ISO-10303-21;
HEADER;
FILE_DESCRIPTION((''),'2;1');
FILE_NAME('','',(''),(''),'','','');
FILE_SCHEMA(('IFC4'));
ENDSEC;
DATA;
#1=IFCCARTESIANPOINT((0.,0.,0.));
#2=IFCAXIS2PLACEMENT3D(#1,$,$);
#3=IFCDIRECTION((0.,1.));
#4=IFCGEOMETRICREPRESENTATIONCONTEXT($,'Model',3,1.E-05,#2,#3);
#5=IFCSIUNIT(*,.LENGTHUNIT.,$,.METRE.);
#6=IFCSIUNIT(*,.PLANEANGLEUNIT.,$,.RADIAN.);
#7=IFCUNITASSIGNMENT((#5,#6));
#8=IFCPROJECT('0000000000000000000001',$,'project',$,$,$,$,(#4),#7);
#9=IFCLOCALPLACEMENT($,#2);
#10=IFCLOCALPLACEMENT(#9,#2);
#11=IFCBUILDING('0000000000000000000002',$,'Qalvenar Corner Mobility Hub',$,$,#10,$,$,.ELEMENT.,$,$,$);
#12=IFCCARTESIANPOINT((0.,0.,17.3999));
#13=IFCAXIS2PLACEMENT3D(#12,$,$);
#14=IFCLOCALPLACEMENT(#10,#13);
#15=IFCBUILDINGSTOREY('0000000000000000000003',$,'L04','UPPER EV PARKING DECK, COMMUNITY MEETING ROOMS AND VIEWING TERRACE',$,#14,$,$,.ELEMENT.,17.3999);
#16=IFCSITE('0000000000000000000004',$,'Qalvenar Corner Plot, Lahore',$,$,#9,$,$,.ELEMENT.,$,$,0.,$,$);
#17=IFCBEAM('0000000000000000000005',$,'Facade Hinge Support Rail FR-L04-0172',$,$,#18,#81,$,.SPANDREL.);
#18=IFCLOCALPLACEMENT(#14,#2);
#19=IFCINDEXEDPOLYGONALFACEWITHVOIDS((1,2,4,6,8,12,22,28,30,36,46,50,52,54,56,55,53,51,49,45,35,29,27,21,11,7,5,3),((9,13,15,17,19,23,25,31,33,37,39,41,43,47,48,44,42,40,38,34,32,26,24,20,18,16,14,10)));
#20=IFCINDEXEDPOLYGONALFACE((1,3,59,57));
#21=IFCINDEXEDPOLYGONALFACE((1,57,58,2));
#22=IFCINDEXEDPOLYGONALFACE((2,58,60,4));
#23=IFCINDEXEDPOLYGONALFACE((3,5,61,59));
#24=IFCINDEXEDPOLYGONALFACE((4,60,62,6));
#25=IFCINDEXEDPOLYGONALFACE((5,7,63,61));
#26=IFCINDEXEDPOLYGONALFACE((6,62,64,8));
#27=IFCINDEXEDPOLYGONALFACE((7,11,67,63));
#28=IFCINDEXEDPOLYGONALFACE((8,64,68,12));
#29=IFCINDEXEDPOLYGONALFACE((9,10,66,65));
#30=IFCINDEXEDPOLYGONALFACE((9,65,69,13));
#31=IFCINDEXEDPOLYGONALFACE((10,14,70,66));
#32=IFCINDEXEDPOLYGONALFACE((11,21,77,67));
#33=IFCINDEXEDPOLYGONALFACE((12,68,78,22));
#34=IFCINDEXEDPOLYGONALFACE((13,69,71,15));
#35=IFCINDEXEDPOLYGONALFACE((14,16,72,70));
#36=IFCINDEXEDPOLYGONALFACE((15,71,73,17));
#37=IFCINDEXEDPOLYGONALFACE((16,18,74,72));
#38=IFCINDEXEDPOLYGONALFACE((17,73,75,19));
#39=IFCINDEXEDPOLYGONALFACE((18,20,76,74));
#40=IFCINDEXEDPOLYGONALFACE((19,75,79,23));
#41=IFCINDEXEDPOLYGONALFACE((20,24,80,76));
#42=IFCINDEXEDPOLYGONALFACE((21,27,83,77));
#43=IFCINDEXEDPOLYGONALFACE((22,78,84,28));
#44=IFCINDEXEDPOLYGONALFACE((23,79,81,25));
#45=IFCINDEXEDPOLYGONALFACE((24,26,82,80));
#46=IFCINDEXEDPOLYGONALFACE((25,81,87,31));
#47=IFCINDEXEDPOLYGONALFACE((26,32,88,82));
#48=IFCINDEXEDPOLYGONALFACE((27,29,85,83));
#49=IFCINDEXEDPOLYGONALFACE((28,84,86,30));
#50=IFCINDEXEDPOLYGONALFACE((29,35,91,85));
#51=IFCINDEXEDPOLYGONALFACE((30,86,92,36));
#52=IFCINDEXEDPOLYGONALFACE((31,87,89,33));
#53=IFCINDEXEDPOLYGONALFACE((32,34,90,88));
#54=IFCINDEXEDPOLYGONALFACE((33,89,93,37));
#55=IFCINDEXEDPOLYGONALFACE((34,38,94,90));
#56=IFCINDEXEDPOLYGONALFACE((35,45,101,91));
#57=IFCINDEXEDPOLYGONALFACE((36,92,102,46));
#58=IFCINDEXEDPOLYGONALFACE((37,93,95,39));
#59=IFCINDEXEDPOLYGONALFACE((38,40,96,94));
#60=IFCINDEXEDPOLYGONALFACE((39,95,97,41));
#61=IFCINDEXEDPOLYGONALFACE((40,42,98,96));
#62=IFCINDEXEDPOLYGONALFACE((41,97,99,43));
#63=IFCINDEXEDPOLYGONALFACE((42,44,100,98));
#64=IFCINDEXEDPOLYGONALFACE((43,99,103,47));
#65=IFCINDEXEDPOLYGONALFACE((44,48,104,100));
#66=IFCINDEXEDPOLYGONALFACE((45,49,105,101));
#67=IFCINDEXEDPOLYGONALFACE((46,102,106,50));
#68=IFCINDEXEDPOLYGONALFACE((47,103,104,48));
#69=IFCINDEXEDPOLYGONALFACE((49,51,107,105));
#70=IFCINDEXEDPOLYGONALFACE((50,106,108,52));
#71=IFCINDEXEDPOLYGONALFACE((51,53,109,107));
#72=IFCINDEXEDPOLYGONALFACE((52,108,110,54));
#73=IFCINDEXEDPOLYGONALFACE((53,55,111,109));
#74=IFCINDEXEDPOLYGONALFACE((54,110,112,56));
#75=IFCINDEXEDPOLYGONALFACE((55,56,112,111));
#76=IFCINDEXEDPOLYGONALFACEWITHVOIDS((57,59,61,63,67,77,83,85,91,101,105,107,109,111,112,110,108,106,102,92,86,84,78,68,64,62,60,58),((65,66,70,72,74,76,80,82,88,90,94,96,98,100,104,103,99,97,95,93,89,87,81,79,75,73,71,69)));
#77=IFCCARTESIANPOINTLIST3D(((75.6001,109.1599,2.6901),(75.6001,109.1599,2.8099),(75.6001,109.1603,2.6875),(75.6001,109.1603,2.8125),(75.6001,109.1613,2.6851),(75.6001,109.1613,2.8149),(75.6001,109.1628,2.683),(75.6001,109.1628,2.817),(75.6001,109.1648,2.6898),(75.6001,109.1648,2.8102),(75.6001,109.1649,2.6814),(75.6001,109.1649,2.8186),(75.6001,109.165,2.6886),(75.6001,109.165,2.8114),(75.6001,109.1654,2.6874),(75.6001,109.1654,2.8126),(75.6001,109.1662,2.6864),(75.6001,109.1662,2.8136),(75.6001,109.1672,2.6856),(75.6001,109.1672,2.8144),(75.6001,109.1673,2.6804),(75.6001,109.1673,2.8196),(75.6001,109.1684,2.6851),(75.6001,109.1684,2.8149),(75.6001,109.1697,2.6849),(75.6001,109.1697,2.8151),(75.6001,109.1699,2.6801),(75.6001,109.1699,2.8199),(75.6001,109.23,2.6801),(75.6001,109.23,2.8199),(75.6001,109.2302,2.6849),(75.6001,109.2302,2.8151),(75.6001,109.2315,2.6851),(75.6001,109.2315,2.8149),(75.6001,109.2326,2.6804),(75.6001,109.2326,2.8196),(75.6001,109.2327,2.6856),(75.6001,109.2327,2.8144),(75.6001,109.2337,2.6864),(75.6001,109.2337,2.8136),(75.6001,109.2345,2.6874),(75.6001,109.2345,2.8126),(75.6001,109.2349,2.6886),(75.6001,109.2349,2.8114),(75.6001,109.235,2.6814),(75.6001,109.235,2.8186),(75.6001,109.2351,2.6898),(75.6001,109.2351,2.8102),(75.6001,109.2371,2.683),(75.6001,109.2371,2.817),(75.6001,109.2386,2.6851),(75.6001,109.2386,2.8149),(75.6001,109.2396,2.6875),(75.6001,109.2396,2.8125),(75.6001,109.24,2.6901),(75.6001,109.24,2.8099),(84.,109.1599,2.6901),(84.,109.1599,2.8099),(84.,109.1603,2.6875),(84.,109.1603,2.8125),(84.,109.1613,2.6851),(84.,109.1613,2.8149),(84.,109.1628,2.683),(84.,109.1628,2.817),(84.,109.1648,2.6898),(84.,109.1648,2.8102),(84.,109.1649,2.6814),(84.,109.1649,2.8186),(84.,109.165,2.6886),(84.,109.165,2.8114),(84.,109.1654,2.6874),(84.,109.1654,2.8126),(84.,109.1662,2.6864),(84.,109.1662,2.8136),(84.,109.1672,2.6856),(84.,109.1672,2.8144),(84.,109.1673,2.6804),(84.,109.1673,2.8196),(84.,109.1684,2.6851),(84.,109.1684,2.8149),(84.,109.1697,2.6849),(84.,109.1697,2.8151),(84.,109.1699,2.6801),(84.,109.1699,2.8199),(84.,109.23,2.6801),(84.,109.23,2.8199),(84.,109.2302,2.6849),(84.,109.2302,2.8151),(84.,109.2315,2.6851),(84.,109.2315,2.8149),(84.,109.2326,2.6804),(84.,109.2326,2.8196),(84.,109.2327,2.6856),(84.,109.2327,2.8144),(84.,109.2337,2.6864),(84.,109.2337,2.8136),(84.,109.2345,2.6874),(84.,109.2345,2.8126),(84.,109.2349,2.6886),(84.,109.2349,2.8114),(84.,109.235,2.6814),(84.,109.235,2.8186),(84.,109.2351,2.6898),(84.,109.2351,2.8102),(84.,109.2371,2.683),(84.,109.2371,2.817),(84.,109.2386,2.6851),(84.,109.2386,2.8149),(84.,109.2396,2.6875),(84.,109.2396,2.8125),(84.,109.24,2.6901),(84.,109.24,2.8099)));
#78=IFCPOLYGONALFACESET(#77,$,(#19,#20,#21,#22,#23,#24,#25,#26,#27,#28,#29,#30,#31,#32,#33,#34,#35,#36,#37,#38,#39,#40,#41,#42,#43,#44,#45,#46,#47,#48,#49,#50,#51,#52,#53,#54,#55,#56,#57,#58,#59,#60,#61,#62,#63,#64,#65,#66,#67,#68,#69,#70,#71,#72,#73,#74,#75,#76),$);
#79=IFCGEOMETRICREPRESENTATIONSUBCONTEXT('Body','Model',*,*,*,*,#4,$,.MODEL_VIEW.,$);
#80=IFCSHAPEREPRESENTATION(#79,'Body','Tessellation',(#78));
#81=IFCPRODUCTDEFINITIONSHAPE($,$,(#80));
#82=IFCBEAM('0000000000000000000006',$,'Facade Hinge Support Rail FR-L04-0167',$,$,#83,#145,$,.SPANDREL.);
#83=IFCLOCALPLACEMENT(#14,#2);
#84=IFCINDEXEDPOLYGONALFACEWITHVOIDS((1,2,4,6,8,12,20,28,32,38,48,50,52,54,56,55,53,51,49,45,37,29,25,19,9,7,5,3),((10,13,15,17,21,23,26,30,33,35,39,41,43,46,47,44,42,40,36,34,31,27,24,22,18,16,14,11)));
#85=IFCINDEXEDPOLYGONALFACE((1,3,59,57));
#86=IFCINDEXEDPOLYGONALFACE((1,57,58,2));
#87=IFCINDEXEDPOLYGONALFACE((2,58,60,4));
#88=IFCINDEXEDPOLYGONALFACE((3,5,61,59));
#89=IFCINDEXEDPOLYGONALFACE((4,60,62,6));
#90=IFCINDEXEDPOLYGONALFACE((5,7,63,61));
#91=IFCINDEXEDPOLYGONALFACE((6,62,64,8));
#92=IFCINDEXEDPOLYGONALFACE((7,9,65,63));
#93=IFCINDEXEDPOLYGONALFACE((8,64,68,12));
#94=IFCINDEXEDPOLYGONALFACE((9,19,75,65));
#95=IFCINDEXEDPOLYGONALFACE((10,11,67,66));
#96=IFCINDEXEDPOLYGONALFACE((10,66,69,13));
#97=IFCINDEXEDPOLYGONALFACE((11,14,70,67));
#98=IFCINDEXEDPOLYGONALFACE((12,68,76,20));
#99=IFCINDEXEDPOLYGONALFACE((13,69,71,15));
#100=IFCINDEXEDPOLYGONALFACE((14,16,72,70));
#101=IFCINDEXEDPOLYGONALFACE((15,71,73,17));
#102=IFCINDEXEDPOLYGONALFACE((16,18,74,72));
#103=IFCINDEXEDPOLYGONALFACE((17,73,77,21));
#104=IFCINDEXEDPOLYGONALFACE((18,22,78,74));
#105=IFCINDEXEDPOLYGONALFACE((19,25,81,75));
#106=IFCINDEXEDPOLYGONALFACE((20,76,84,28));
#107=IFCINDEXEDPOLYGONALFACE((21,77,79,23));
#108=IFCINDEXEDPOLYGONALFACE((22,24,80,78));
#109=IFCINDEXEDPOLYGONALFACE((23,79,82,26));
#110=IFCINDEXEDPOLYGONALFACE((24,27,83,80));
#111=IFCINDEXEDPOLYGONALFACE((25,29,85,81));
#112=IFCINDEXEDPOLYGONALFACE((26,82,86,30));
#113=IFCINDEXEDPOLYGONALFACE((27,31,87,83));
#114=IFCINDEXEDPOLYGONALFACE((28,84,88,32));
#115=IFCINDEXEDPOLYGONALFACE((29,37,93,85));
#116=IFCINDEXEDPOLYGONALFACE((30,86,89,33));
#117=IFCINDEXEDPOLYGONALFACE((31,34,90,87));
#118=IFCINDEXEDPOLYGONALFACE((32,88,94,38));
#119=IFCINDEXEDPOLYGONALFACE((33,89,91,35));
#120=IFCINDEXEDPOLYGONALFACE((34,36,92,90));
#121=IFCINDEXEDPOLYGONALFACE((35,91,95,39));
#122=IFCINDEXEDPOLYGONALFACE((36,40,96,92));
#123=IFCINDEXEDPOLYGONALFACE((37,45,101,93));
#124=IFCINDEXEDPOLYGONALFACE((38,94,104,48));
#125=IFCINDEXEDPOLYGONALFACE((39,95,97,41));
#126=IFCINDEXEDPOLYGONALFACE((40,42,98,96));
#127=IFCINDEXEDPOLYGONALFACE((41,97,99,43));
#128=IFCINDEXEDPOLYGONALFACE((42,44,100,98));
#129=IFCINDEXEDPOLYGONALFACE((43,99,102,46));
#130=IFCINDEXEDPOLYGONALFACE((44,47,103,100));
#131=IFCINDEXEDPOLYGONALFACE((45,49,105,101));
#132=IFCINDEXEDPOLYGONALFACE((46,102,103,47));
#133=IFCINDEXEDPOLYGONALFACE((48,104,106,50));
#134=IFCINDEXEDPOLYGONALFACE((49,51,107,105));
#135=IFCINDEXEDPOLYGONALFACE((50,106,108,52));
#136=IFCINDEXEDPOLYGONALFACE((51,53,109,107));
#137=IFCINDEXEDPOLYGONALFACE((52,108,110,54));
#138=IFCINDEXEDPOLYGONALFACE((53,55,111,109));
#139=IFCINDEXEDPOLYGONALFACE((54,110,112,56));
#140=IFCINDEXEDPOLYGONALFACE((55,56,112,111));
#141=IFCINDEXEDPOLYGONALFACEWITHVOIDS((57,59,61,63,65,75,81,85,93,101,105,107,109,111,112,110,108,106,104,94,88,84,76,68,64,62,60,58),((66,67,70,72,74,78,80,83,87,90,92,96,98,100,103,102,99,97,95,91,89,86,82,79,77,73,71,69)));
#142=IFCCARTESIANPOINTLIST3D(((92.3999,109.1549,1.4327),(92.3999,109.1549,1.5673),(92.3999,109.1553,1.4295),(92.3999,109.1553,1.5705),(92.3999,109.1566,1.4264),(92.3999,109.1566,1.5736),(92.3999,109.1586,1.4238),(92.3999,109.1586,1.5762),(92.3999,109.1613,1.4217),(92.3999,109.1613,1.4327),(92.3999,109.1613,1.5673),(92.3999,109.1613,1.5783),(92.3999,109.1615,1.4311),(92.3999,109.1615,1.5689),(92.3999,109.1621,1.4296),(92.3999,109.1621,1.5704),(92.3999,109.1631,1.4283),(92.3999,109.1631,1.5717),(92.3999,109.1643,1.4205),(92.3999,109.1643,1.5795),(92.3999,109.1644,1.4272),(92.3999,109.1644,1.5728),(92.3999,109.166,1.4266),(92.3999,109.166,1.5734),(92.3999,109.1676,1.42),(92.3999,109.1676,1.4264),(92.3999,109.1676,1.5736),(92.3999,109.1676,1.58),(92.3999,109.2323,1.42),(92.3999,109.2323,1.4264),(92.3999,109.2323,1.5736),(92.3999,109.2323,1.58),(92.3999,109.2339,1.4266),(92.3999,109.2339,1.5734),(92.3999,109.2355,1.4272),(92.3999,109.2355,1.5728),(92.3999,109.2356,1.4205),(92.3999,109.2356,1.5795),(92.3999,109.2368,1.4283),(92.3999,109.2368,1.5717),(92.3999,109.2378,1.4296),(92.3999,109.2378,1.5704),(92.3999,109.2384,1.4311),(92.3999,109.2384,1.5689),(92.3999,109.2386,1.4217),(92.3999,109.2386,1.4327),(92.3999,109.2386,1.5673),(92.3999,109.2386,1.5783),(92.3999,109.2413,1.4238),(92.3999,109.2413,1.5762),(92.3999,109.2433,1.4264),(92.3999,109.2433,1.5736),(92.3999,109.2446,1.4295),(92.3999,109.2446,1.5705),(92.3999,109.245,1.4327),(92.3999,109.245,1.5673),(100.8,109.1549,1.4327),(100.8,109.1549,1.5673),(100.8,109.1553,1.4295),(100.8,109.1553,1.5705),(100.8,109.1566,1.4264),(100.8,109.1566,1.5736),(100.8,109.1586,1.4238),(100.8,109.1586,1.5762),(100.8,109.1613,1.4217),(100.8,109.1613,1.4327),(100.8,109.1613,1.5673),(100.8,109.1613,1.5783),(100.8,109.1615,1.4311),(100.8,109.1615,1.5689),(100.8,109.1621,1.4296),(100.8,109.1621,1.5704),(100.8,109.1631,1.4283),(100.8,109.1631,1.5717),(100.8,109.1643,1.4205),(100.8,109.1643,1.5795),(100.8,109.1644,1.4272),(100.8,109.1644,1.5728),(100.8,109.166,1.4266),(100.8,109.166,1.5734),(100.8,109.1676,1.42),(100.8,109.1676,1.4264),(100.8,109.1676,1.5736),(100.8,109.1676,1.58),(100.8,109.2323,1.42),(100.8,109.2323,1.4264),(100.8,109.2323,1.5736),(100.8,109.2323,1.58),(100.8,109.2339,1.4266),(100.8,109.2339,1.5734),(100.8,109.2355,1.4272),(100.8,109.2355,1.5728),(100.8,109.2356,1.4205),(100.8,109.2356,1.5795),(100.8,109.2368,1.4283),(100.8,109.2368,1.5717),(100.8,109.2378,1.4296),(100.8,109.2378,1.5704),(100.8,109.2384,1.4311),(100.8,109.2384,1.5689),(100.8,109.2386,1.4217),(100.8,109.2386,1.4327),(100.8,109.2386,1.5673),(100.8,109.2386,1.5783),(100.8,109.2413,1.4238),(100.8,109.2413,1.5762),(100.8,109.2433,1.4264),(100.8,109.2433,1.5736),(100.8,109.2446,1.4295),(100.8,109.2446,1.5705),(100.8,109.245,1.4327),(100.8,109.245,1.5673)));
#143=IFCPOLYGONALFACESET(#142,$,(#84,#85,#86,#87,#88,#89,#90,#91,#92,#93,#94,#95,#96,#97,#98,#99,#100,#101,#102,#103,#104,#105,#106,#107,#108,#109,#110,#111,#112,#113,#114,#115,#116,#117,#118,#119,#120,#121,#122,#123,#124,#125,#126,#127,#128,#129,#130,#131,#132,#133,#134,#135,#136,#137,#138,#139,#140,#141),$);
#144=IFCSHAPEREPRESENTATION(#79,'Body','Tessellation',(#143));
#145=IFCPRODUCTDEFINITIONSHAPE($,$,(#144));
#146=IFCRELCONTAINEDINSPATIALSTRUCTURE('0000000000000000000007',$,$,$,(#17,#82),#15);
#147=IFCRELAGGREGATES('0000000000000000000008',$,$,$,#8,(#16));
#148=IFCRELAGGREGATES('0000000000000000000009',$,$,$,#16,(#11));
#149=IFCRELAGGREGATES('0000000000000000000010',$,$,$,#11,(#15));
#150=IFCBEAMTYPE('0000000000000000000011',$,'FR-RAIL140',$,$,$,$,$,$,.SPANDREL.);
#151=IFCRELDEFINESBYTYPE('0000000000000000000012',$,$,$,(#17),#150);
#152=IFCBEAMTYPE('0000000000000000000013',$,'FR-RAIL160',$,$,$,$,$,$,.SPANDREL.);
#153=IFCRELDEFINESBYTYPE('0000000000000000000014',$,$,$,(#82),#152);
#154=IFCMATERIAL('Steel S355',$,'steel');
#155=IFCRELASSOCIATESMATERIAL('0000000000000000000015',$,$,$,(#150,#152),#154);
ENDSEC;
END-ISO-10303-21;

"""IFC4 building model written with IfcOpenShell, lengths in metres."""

from ifc_helpers import new_model, si_unit, direction, frame, origin, origin_2d, place, context, subcontext, project, spatial, hollow_rectangle, extrude, material, material_profile, profile_set, type_object, element, save


model = new_model("IFC4")

# Units and contexts
model_context = context("Model", 3, precision=1e-05, world=origin(), true_north=direction((0.0, 1.0)))
body_context = subcontext(model_context, "Body", "Model", "MODEL_VIEW")
ifc_project = project(units=[si_unit("LENGTHUNIT", "METRE"), si_unit("PLANEANGLEUNIT", "RADIAN")], contexts=[model_context])

# Site, building, storey
site_placement = place(None, origin())
site = spatial("IfcSite", under=ifc_project, at=site_placement, Name="Qalvenar Corner Plot, Lahore", CompositionType="ELEMENT", RefElevation=0.0)
building_placement = place(site_placement, origin())
building = spatial("IfcBuilding", under=site, at=building_placement, Name="Qalvenar Corner Mobility Hub", CompositionType="ELEMENT")
storey_placement = place(building_placement, frame((0.0, 0.0, 17.3999)))
storey = spatial("IfcBuildingStorey", under=building, at=storey_placement, Name="L04", Description="UPPER EV PARKING DECK, COMMUNITY MEETING ROOMS AND VIEWING TERRACE", CompositionType="ELEMENT", Elevation=17.3999)

# Shared definitions
ifc_material_1 = material(Name="Steel S355", Category="steel")

# Beams
ifc_material_profile_1 = material_profile(ifc_material_1, hollow_rectangle(XDim=0.0801, YDim=0.1399, WallThickness=0.0049, InnerFilletRadius=0.0049, OuterFilletRadius=0.01, at=origin_2d()), Name="RHS140x80x5")
ifc_profile_set_1 = profile_set([ifc_material_profile_1], Name="Steel S355")
beam_type_1 = type_object("IfcBeamType", Name="FR-RAIL140", PredefinedType="SPANDREL", material=ifc_profile_set_1)
for number, where, z_axis, x_axis, name in (
    (1, (84.0, 109.2, 2.75), (-1.0, 0.0, 0.0), (0.0, -1.0, 0.0), "Facade Hinge Support Rail FR-L04-0172"),
):
    element("IfcBeam", number, at=place(storey_placement, frame(where, z_axis=z_axis, x_axis=x_axis)), inside=storey, type_object=beam_type_1, Name=name, PredefinedType="SPANDREL", context=body_context, shape_type="SweptSolid", body=[
        extrude(hollow_rectangle(XDim=0.0801, YDim=0.1399, WallThickness=0.0049, InnerFilletRadius=0.0049, OuterFilletRadius=0.01, at=origin_2d()), origin(), (0.0, 0.0, 1.0), 8.3999),
    ])
ifc_material_profile_2 = material_profile(ifc_material_1, hollow_rectangle(XDim=0.0901, YDim=0.1599, WallThickness=0.0063, InnerFilletRadius=0.0063, OuterFilletRadius=0.0127, at=origin_2d()), Name="RHS160x90x6.3")
ifc_profile_set_2 = profile_set([ifc_material_profile_2], Name="Steel S355")
beam_type_2 = type_object("IfcBeamType", Name="FR-RAIL160", PredefinedType="SPANDREL", material=ifc_profile_set_2)
beam_1_placement = place(storey_placement, frame((100.8, 109.2, 1.5), z_axis=(-1.0, 0.0, 0.0), x_axis=(0.0, -1.0, 0.0)))
element("IfcBeam", 2, at=beam_1_placement, inside=storey, type_object=beam_type_2, Name="Facade Hinge Support Rail FR-L04-0167", PredefinedType="SPANDREL", context=body_context, shape_type="SweptSolid", body=[
    extrude(hollow_rectangle(XDim=0.0901, YDim=0.1599, WallThickness=0.0063, InnerFilletRadius=0.0063, OuterFilletRadius=0.0127, at=origin_2d()), origin(), (0.0, 0.0, 1.0), 8.4001),
])

save(model, "model.ifc")
